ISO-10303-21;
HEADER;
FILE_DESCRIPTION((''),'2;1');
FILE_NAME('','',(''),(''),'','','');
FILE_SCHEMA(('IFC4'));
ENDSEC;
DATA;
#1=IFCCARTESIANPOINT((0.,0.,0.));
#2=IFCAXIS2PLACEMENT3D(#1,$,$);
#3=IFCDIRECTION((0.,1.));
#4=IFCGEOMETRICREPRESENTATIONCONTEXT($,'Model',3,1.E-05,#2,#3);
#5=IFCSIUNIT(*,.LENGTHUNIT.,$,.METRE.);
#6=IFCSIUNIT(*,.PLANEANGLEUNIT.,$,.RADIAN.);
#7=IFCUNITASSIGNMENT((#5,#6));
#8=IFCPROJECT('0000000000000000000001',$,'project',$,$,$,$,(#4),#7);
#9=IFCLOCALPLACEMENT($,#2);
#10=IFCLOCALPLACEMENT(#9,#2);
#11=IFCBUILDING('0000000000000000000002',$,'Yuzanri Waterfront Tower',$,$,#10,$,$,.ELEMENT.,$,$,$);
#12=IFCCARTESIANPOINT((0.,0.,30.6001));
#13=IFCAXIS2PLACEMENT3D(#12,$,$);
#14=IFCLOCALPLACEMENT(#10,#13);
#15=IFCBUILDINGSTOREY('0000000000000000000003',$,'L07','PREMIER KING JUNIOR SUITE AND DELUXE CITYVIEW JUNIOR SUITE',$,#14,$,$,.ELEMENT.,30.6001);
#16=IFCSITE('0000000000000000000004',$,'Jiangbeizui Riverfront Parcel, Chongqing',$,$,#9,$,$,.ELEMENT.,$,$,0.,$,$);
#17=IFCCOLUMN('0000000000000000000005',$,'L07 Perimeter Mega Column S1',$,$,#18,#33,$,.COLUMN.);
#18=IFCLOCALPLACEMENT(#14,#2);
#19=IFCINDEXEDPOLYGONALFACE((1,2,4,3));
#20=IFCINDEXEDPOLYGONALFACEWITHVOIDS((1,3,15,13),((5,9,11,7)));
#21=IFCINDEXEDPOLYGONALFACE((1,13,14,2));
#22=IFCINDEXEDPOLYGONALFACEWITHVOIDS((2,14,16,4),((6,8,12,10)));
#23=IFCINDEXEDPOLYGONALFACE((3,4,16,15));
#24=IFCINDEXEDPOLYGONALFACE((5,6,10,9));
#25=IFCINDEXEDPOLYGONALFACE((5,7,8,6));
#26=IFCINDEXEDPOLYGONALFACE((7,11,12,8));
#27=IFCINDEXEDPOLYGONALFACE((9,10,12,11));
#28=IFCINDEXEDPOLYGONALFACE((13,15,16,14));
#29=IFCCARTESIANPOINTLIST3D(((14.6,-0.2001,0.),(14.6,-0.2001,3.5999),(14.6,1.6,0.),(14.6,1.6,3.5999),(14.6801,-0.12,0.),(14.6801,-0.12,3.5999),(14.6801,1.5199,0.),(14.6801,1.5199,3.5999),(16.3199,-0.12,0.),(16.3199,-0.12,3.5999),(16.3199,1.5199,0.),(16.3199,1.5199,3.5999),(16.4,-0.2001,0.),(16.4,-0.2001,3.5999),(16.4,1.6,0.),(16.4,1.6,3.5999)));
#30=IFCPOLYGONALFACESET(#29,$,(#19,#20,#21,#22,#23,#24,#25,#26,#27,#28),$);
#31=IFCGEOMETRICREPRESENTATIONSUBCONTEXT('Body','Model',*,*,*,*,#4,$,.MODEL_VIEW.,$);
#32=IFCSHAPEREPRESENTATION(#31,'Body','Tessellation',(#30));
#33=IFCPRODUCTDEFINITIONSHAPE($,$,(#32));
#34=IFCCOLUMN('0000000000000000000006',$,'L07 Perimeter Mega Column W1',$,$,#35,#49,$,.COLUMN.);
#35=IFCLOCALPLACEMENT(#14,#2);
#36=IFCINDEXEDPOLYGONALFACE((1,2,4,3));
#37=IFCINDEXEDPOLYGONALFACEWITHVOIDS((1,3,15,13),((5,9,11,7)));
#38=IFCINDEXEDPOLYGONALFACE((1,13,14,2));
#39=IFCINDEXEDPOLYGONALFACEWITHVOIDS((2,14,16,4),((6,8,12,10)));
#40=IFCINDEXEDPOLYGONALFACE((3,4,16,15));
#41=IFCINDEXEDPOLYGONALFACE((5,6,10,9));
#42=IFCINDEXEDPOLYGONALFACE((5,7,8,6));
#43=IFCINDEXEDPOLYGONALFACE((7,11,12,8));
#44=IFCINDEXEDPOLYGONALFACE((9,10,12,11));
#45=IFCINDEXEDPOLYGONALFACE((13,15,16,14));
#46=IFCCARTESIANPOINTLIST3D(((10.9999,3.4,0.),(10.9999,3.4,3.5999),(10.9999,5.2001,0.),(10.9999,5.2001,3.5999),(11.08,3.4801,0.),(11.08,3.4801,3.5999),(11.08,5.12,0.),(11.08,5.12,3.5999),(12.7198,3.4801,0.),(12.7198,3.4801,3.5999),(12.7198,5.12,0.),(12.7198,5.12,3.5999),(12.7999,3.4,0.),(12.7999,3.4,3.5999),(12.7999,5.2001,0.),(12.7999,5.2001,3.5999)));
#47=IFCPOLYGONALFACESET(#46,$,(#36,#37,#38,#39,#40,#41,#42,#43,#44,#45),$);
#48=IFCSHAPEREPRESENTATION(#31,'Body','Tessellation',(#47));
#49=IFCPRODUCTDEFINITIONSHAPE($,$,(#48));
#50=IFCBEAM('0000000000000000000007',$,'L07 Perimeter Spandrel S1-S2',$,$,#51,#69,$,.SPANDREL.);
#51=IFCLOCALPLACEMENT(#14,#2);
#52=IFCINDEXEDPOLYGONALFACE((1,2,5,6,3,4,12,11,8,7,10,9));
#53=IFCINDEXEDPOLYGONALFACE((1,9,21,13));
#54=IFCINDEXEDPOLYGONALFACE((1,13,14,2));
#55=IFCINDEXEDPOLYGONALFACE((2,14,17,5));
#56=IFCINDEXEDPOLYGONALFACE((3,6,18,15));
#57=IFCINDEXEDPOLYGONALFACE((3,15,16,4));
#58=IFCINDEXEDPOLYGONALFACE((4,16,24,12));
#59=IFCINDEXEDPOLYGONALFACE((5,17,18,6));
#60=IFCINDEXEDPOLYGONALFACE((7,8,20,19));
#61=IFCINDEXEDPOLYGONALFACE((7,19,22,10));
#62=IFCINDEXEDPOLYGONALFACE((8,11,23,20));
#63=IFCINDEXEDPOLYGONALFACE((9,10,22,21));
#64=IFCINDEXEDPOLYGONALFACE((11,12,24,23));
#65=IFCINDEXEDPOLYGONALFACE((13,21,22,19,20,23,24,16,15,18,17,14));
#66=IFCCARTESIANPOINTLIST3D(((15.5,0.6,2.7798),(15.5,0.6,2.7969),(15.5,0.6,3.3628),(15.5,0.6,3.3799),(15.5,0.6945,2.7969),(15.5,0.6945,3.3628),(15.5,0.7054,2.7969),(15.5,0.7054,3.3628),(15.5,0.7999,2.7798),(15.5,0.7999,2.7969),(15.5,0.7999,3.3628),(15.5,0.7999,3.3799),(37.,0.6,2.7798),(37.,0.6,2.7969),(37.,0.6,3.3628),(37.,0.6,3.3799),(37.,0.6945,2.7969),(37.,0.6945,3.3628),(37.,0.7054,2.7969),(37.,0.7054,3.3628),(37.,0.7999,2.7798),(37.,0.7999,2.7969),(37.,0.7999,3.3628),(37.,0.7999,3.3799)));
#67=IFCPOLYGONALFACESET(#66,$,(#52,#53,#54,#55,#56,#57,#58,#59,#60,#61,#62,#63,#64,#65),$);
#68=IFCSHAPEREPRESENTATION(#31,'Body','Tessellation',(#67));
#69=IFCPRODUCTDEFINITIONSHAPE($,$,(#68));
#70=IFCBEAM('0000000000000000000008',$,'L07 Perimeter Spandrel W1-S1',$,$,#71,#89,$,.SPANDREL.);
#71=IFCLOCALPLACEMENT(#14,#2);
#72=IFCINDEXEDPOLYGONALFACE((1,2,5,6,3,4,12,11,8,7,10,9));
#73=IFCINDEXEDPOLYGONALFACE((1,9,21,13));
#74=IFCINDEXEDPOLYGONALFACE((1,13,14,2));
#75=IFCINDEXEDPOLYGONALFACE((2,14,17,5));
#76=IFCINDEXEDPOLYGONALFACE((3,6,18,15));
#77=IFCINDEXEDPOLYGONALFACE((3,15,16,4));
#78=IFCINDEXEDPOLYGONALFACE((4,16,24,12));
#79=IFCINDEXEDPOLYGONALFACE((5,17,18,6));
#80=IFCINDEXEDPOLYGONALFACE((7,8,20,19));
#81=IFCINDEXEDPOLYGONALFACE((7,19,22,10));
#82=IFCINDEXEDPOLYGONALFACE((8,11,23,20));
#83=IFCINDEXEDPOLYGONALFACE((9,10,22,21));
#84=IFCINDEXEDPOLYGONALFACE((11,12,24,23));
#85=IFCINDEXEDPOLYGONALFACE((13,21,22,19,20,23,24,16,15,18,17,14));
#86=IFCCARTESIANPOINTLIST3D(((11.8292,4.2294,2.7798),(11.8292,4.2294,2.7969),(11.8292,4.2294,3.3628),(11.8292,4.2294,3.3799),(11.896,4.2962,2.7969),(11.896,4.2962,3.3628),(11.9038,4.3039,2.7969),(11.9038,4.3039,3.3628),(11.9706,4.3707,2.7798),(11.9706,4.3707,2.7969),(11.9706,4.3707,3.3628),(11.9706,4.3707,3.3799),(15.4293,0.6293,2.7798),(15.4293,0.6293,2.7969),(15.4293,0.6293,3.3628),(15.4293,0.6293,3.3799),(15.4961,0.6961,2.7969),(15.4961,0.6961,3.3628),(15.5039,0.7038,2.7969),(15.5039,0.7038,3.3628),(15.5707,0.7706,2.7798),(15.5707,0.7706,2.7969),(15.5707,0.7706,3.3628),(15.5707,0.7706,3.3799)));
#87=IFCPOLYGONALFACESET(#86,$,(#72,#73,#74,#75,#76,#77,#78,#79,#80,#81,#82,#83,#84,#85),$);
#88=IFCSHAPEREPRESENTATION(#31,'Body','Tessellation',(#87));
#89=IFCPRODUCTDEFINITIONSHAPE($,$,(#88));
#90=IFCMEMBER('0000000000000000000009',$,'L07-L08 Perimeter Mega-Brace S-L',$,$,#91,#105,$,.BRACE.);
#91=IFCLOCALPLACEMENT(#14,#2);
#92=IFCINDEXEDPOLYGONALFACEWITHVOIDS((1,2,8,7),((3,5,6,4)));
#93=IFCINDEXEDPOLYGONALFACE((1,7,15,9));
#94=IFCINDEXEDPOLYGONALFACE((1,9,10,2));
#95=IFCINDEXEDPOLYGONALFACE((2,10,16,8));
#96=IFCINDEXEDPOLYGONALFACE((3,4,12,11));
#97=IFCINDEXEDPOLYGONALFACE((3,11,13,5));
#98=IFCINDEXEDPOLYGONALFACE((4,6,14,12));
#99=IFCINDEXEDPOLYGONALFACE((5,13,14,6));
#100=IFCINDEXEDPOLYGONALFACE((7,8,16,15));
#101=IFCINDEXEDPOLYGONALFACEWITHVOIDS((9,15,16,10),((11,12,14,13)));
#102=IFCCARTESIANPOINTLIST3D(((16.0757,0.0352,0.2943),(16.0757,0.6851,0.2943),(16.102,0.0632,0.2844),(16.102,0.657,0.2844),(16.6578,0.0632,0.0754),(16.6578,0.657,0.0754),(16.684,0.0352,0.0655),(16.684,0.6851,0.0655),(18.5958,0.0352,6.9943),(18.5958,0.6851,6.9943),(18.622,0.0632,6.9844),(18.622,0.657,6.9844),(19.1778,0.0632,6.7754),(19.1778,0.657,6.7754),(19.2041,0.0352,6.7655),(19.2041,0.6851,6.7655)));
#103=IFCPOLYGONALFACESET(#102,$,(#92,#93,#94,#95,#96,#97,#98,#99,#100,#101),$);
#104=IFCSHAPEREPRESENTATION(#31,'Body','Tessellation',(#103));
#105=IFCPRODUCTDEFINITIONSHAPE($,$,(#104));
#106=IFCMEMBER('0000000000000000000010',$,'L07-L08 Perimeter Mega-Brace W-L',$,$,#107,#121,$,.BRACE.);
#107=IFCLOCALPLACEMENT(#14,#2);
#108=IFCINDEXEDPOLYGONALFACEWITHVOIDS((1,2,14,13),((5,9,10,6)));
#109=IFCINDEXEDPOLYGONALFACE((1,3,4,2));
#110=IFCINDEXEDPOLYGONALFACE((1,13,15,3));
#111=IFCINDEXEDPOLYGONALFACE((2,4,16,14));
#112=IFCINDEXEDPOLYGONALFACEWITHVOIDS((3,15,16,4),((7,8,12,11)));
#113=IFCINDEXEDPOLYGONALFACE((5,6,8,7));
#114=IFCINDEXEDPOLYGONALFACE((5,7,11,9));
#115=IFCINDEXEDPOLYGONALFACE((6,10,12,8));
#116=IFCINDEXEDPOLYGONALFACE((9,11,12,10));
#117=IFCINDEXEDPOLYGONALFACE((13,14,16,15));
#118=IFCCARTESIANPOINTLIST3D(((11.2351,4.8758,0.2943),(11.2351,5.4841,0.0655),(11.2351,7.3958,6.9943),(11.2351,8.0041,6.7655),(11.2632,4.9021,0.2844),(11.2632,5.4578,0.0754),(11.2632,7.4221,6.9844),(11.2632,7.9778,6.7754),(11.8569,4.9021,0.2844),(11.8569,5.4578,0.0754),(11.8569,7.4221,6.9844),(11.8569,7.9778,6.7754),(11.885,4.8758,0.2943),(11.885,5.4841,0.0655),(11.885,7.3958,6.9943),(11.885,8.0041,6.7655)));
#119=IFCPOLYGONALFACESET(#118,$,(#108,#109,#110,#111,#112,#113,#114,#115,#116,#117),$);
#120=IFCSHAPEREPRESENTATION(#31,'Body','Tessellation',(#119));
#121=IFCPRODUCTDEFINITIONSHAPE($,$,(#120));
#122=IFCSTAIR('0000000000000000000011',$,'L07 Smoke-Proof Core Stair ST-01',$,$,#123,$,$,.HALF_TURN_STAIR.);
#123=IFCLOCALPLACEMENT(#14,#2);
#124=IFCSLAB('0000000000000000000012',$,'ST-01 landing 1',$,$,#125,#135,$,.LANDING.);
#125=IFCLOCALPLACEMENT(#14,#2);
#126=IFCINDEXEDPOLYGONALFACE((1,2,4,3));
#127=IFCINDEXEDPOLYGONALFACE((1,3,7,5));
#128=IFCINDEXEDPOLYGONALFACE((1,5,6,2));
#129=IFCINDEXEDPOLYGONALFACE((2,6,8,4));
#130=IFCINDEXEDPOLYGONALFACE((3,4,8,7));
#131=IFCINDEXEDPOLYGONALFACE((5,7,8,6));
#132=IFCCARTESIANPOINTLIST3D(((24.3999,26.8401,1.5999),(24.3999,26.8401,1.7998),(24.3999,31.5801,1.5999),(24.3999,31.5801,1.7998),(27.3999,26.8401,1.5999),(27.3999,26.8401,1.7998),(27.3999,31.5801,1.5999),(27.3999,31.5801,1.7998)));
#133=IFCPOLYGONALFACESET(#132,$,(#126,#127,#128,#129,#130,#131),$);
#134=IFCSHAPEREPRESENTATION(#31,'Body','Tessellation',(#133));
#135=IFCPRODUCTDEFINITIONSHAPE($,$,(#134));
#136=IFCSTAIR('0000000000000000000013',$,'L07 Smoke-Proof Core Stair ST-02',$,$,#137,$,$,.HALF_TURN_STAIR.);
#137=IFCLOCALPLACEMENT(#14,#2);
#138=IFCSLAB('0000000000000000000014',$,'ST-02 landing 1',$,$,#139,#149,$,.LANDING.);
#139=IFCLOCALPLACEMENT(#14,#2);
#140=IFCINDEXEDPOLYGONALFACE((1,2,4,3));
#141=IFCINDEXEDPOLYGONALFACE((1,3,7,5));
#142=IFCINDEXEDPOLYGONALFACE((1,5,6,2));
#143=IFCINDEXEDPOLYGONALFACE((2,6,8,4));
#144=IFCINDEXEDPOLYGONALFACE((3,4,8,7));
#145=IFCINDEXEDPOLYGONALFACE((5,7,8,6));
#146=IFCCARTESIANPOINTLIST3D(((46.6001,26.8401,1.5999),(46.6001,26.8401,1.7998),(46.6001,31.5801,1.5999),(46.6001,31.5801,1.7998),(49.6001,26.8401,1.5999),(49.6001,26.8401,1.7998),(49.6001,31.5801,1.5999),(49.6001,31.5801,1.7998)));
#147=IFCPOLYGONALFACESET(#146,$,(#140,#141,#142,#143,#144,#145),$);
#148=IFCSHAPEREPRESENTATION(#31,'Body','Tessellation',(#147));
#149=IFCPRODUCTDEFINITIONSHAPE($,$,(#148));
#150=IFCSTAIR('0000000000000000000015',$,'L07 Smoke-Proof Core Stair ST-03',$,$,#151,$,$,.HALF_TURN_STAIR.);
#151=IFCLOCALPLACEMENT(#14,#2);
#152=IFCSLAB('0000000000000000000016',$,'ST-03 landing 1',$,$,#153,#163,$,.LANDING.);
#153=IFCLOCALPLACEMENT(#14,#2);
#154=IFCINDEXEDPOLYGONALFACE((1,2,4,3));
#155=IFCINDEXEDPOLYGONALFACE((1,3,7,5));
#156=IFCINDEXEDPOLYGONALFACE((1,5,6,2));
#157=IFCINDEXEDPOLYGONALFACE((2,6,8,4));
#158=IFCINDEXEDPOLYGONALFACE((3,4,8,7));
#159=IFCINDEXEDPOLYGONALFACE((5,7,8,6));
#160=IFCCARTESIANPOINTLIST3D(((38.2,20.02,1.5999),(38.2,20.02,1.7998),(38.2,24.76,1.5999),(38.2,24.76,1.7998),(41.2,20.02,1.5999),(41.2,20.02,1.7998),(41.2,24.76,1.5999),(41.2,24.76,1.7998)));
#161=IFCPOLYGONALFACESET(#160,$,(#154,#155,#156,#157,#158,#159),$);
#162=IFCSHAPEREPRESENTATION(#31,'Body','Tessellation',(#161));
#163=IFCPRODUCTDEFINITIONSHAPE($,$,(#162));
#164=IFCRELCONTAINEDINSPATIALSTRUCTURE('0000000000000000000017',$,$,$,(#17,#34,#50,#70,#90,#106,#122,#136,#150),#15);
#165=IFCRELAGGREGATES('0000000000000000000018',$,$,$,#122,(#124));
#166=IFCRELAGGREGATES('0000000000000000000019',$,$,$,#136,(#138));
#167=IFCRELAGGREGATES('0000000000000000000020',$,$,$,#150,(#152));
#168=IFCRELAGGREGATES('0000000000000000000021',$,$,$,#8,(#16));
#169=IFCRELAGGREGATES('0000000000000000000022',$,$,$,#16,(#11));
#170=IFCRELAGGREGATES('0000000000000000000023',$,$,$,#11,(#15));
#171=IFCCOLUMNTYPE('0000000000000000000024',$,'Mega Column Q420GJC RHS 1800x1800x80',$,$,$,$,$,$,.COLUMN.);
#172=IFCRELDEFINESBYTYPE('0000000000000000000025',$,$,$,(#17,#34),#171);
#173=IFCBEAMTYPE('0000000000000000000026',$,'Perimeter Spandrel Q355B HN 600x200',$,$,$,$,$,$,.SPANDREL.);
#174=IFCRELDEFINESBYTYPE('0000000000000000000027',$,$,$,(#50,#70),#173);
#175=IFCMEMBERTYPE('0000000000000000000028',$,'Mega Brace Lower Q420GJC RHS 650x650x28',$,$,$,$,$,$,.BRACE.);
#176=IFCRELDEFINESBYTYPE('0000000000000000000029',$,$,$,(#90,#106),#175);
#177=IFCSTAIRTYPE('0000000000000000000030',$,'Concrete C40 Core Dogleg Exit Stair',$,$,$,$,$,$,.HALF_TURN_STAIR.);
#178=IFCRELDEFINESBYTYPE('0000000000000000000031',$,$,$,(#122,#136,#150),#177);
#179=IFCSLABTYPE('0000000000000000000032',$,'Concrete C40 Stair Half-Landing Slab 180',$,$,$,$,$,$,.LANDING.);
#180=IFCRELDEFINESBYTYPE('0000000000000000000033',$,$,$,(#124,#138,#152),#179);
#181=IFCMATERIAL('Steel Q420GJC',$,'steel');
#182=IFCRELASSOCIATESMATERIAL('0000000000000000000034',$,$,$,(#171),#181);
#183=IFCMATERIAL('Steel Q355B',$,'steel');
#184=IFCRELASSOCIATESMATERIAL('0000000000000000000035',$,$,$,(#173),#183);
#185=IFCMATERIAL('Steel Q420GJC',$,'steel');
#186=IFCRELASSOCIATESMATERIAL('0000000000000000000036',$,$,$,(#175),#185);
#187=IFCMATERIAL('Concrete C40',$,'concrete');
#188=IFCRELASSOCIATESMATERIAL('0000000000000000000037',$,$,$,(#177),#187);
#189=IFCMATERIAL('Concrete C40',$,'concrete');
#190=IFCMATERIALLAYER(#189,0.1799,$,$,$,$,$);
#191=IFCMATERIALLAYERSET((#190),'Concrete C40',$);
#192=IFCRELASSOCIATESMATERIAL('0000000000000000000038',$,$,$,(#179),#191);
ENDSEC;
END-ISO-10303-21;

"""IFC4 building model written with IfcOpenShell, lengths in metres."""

from ifc_helpers import new_model, si_unit, direction, frame, origin, origin_2d, place, context, subcontext, project, spatial, polyline, hollow_rectangle, i_section, outline, extrude, source, transform, mapped, material, layer, layer_set, material_profile, profile_set, type_object, element, aggregate, save


model = new_model("IFC4")

# Units and contexts
model_context = context("Model", 3, precision=1e-05, world=origin(), true_north=direction((0.0, 1.0)))
body_context = subcontext(model_context, "Body", "Model", "MODEL_VIEW")
ifc_project = project(units=[si_unit("LENGTHUNIT", "METRE"), si_unit("PLANEANGLEUNIT", "RADIAN")], contexts=[model_context])

# Site, building, storey
site_placement = place(None, origin())
site = spatial("IfcSite", under=ifc_project, at=site_placement, Name="Jiangbeizui Riverfront Parcel, Chongqing", CompositionType="ELEMENT", RefElevation=0.0)
building_placement = place(site_placement, origin())
building = spatial("IfcBuilding", under=site, at=building_placement, Name="Yuzanri Waterfront Tower", CompositionType="ELEMENT")
storey_placement = place(building_placement, frame((0.0, 0.0, 30.6001)))
storey = spatial("IfcBuildingStorey", under=building, at=storey_placement, Name="L07", Description="PREMIER KING JUNIOR SUITE AND DELUXE CITYVIEW JUNIOR SUITE", CompositionType="ELEMENT", Elevation=30.6001)

# Columns
ifc_material_1 = material(Name="Steel Q420GJC", Category="steel")
ifc_material_profile_1 = material_profile(ifc_material_1, hollow_rectangle(XDim=1.8, YDim=1.8, WallThickness=0.0801, at=origin_2d()), Name="RHS 1800x1800x80")
ifc_profile_set_1 = profile_set([ifc_material_profile_1], Name="Steel Q420GJC")
column_type = type_object("IfcColumnType", Name="Mega Column Q420GJC RHS 1800x1800x80", PredefinedType="COLUMN", material=ifc_profile_set_1)
shared_shape_1 = source(origin(), body_context, "Body", "SweptSolid", [
    extrude(hollow_rectangle(XDim=1.8, YDim=1.8, WallThickness=0.0801, at=origin_2d()), origin(), (0.0, 0.0, 1.0), 3.5999),
])
for number, where, z_axis, x_axis, name in (
    (1, (15.5, 0.7, 0.0), (0.0, 0.0, 1.0), (1.0, 0.0, 0.0), "L07 Perimeter Mega Column S1"),
    (2, (11.8999, 4.3, 0.0), (0.0, 0.0, 1.0), (1.0, 0.0, 0.0), "L07 Perimeter Mega Column W1"),
):
    element("IfcColumn", number, at=place(storey_placement, frame(where, z_axis=z_axis, x_axis=x_axis)), inside=storey, type_object=column_type, Name=name, PredefinedType="COLUMN", context=body_context, shape_type="MappedRepresentation", body=[
        mapped(shared_shape_1, transform((0.0, 0.0, 0.0), scale=1.0)),
    ])

# Beams
ifc_material_2 = material(Name="Steel Q355B", Category="steel")
ifc_material_profile_2 = material_profile(ifc_material_2, i_section(OverallWidth=0.2, OverallDepth=0.6001, WebThickness=0.011, FlangeThickness=0.0171, at=origin_2d()), Name="HN 600x200x11x17")
ifc_profile_set_2 = profile_set([ifc_material_profile_2], Name="Steel Q355B")
beam_type = type_object("IfcBeamType", Name="Perimeter Spandrel Q355B HN 600x200", PredefinedType="SPANDREL", material=ifc_profile_set_2)
shared_shape_2 = source(origin(), body_context, "Body", "SweptSolid", [
    extrude(i_section(OverallWidth=0.2, OverallDepth=0.6001, WebThickness=0.011, FlangeThickness=0.0171, at=origin_2d()), origin(), (0.0, 0.0, 1.0), 21.5),
])
beam_1_placement = place(storey_placement, frame((15.5, 0.7, 3.0798), z_axis=(1.0, 0.0, 0.0), x_axis=(0.0, 1.0, 0.0)))
element("IfcBeam", 3, at=beam_1_placement, inside=storey, type_object=beam_type, Name="L07 Perimeter Spandrel S1-S2", PredefinedType="SPANDREL", context=body_context, shape_type="MappedRepresentation", body=[
    mapped(shared_shape_2, transform((0.0, 0.0, 0.0), scale=1.0)),
])
shared_shape_3 = source(origin(), body_context, "Body", "SweptSolid", [
    extrude(i_section(OverallWidth=0.2, OverallDepth=0.6001, WebThickness=0.011, FlangeThickness=0.0171, at=origin_2d()), origin(), (0.0, 0.0, 1.0), 5.0913),
])
beam_2_placement = place(storey_placement, frame((11.8999, 4.3, 3.0798), z_axis=(0.707107, -0.707107, 0.0), x_axis=(0.707107, 0.707107, 0.0)))
element("IfcBeam", 4, at=beam_2_placement, inside=storey, type_object=beam_type, Name="L07 Perimeter Spandrel W1-S1", PredefinedType="SPANDREL", context=body_context, shape_type="MappedRepresentation", body=[
    mapped(shared_shape_3, transform((0.0, 0.0, 0.0), scale=1.0)),
])

# Members
ifc_material_3 = material(Name="Steel Q420GJC", Category="steel")
ifc_material_profile_3 = material_profile(ifc_material_3, hollow_rectangle(XDim=0.6499, YDim=0.6499, WallThickness=0.0281, at=origin_2d()), Name="RHS 650x650x28")
ifc_profile_set_3 = profile_set([ifc_material_profile_3], Name="Steel Q420GJC")
member_type = type_object("IfcMemberType", Name="Mega Brace Lower Q420GJC RHS 650x650x28", PredefinedType="BRACE", material=ifc_profile_set_3)
shared_shape_4 = source(origin(), body_context, "Body", "SweptSolid", [
    extrude(hollow_rectangle(XDim=0.6499, YDim=0.6499, WallThickness=0.0281, at=origin_2d()), origin(), (0.0, 0.0, 1.0), 7.1582),
])
for number, where, z_axis, x_axis, name in (
    (5, (16.3799, 0.3601, 0.1799), (0.352046, 0.0, 0.935983), (0.0, 1.0, 0.0), "L07-L08 Perimeter Mega-Brace S-L"),
    (6, (11.5601, 5.1799, 0.1799), (0.0, 0.352046, 0.935983), (-1.0, 0.0, 0.0), "L07-L08 Perimeter Mega-Brace W-L"),
):
    element("IfcMember", number, at=place(storey_placement, frame(where, z_axis=z_axis, x_axis=x_axis)), inside=storey, type_object=member_type, Name=name, PredefinedType="BRACE", context=body_context, shape_type="MappedRepresentation", body=[
        mapped(shared_shape_4, transform((0.0, 0.0, 0.0), scale=1.0)),
    ])

# Stairs, slabs
ifc_material_4 = material(Name="Concrete C40", Category="concrete")
stair_type = type_object("IfcStairType", Name="Concrete C40 Core Dogleg Exit Stair", PredefinedType="HALF_TURN_STAIR", material=ifc_material_4)
stair_1_placement = place(storey_placement, origin())
stair_1 = element("IfcStair", 7, at=stair_1_placement, inside=storey, type_object=stair_type, Name="L07 Smoke-Proof Core Stair ST-01", PredefinedType="HALF_TURN_STAIR")
ifc_material_5 = material(Name="Concrete C40", Category="concrete")
ifc_layer_1 = layer(ifc_material_5, 0.1799)
ifc_layer_set_1 = layer_set([ifc_layer_1], Name="Concrete C40")
slab_type_1 = type_object("IfcSlabType", Name="Concrete C40 Stair Half-Landing Slab 180", PredefinedType="LANDING", material=ifc_layer_set_1)
slab_1_placement = place(storey_placement, frame((0.0, 0.0, 1.5999)))
slab_1 = element("IfcSlab", 8, at=slab_1_placement, type_object=slab_type_1, Name="ST-01 landing 1", PredefinedType="LANDING", context=body_context, shape_type="SweptSolid", body=[
    extrude(outline(polyline([(27.3999, 26.8401), (27.3999, 31.5801), (24.3999, 31.5801), (24.3999, 26.8401), (27.3999, 26.8401)])), origin(), (0.0, 0.0, 1.0), 0.2),
])
aggregate(stair_1, [slab_1])
stair_2_placement = place(storey_placement, origin())
stair_2 = element("IfcStair", 9, at=stair_2_placement, inside=storey, type_object=stair_type, Name="L07 Smoke-Proof Core Stair ST-02", PredefinedType="HALF_TURN_STAIR")
slab_2_placement = place(storey_placement, frame((0.0, 0.0, 1.5999)))
slab_2 = element("IfcSlab", 10, at=slab_2_placement, type_object=slab_type_1, Name="ST-02 landing 1", PredefinedType="LANDING", context=body_context, shape_type="SweptSolid", body=[
    extrude(outline(polyline([(49.6001, 26.8401), (49.6001, 31.5801), (46.6001, 31.5801), (46.6001, 26.8401), (49.6001, 26.8401)])), origin(), (0.0, 0.0, 1.0), 0.2),
])
aggregate(stair_2, [slab_2])
stair_3_placement = place(storey_placement, origin())
stair_3 = element("IfcStair", 11, at=stair_3_placement, inside=storey, type_object=stair_type, Name="L07 Smoke-Proof Core Stair ST-03", PredefinedType="HALF_TURN_STAIR")
slab_3_placement = place(storey_placement, frame((0.0, 0.0, 1.5999)))
slab_3 = element("IfcSlab", 12, at=slab_3_placement, type_object=slab_type_1, Name="ST-03 landing 1", PredefinedType="LANDING", context=body_context, shape_type="SweptSolid", body=[
    extrude(outline(polyline([(38.2, 24.76), (38.2, 20.02), (41.2, 20.02), (41.2, 24.76), (38.2, 24.76)])), origin(), (0.0, 0.0, 1.0), 0.2),
])
aggregate(stair_3, [slab_3])

save(model, "model.ifc")
